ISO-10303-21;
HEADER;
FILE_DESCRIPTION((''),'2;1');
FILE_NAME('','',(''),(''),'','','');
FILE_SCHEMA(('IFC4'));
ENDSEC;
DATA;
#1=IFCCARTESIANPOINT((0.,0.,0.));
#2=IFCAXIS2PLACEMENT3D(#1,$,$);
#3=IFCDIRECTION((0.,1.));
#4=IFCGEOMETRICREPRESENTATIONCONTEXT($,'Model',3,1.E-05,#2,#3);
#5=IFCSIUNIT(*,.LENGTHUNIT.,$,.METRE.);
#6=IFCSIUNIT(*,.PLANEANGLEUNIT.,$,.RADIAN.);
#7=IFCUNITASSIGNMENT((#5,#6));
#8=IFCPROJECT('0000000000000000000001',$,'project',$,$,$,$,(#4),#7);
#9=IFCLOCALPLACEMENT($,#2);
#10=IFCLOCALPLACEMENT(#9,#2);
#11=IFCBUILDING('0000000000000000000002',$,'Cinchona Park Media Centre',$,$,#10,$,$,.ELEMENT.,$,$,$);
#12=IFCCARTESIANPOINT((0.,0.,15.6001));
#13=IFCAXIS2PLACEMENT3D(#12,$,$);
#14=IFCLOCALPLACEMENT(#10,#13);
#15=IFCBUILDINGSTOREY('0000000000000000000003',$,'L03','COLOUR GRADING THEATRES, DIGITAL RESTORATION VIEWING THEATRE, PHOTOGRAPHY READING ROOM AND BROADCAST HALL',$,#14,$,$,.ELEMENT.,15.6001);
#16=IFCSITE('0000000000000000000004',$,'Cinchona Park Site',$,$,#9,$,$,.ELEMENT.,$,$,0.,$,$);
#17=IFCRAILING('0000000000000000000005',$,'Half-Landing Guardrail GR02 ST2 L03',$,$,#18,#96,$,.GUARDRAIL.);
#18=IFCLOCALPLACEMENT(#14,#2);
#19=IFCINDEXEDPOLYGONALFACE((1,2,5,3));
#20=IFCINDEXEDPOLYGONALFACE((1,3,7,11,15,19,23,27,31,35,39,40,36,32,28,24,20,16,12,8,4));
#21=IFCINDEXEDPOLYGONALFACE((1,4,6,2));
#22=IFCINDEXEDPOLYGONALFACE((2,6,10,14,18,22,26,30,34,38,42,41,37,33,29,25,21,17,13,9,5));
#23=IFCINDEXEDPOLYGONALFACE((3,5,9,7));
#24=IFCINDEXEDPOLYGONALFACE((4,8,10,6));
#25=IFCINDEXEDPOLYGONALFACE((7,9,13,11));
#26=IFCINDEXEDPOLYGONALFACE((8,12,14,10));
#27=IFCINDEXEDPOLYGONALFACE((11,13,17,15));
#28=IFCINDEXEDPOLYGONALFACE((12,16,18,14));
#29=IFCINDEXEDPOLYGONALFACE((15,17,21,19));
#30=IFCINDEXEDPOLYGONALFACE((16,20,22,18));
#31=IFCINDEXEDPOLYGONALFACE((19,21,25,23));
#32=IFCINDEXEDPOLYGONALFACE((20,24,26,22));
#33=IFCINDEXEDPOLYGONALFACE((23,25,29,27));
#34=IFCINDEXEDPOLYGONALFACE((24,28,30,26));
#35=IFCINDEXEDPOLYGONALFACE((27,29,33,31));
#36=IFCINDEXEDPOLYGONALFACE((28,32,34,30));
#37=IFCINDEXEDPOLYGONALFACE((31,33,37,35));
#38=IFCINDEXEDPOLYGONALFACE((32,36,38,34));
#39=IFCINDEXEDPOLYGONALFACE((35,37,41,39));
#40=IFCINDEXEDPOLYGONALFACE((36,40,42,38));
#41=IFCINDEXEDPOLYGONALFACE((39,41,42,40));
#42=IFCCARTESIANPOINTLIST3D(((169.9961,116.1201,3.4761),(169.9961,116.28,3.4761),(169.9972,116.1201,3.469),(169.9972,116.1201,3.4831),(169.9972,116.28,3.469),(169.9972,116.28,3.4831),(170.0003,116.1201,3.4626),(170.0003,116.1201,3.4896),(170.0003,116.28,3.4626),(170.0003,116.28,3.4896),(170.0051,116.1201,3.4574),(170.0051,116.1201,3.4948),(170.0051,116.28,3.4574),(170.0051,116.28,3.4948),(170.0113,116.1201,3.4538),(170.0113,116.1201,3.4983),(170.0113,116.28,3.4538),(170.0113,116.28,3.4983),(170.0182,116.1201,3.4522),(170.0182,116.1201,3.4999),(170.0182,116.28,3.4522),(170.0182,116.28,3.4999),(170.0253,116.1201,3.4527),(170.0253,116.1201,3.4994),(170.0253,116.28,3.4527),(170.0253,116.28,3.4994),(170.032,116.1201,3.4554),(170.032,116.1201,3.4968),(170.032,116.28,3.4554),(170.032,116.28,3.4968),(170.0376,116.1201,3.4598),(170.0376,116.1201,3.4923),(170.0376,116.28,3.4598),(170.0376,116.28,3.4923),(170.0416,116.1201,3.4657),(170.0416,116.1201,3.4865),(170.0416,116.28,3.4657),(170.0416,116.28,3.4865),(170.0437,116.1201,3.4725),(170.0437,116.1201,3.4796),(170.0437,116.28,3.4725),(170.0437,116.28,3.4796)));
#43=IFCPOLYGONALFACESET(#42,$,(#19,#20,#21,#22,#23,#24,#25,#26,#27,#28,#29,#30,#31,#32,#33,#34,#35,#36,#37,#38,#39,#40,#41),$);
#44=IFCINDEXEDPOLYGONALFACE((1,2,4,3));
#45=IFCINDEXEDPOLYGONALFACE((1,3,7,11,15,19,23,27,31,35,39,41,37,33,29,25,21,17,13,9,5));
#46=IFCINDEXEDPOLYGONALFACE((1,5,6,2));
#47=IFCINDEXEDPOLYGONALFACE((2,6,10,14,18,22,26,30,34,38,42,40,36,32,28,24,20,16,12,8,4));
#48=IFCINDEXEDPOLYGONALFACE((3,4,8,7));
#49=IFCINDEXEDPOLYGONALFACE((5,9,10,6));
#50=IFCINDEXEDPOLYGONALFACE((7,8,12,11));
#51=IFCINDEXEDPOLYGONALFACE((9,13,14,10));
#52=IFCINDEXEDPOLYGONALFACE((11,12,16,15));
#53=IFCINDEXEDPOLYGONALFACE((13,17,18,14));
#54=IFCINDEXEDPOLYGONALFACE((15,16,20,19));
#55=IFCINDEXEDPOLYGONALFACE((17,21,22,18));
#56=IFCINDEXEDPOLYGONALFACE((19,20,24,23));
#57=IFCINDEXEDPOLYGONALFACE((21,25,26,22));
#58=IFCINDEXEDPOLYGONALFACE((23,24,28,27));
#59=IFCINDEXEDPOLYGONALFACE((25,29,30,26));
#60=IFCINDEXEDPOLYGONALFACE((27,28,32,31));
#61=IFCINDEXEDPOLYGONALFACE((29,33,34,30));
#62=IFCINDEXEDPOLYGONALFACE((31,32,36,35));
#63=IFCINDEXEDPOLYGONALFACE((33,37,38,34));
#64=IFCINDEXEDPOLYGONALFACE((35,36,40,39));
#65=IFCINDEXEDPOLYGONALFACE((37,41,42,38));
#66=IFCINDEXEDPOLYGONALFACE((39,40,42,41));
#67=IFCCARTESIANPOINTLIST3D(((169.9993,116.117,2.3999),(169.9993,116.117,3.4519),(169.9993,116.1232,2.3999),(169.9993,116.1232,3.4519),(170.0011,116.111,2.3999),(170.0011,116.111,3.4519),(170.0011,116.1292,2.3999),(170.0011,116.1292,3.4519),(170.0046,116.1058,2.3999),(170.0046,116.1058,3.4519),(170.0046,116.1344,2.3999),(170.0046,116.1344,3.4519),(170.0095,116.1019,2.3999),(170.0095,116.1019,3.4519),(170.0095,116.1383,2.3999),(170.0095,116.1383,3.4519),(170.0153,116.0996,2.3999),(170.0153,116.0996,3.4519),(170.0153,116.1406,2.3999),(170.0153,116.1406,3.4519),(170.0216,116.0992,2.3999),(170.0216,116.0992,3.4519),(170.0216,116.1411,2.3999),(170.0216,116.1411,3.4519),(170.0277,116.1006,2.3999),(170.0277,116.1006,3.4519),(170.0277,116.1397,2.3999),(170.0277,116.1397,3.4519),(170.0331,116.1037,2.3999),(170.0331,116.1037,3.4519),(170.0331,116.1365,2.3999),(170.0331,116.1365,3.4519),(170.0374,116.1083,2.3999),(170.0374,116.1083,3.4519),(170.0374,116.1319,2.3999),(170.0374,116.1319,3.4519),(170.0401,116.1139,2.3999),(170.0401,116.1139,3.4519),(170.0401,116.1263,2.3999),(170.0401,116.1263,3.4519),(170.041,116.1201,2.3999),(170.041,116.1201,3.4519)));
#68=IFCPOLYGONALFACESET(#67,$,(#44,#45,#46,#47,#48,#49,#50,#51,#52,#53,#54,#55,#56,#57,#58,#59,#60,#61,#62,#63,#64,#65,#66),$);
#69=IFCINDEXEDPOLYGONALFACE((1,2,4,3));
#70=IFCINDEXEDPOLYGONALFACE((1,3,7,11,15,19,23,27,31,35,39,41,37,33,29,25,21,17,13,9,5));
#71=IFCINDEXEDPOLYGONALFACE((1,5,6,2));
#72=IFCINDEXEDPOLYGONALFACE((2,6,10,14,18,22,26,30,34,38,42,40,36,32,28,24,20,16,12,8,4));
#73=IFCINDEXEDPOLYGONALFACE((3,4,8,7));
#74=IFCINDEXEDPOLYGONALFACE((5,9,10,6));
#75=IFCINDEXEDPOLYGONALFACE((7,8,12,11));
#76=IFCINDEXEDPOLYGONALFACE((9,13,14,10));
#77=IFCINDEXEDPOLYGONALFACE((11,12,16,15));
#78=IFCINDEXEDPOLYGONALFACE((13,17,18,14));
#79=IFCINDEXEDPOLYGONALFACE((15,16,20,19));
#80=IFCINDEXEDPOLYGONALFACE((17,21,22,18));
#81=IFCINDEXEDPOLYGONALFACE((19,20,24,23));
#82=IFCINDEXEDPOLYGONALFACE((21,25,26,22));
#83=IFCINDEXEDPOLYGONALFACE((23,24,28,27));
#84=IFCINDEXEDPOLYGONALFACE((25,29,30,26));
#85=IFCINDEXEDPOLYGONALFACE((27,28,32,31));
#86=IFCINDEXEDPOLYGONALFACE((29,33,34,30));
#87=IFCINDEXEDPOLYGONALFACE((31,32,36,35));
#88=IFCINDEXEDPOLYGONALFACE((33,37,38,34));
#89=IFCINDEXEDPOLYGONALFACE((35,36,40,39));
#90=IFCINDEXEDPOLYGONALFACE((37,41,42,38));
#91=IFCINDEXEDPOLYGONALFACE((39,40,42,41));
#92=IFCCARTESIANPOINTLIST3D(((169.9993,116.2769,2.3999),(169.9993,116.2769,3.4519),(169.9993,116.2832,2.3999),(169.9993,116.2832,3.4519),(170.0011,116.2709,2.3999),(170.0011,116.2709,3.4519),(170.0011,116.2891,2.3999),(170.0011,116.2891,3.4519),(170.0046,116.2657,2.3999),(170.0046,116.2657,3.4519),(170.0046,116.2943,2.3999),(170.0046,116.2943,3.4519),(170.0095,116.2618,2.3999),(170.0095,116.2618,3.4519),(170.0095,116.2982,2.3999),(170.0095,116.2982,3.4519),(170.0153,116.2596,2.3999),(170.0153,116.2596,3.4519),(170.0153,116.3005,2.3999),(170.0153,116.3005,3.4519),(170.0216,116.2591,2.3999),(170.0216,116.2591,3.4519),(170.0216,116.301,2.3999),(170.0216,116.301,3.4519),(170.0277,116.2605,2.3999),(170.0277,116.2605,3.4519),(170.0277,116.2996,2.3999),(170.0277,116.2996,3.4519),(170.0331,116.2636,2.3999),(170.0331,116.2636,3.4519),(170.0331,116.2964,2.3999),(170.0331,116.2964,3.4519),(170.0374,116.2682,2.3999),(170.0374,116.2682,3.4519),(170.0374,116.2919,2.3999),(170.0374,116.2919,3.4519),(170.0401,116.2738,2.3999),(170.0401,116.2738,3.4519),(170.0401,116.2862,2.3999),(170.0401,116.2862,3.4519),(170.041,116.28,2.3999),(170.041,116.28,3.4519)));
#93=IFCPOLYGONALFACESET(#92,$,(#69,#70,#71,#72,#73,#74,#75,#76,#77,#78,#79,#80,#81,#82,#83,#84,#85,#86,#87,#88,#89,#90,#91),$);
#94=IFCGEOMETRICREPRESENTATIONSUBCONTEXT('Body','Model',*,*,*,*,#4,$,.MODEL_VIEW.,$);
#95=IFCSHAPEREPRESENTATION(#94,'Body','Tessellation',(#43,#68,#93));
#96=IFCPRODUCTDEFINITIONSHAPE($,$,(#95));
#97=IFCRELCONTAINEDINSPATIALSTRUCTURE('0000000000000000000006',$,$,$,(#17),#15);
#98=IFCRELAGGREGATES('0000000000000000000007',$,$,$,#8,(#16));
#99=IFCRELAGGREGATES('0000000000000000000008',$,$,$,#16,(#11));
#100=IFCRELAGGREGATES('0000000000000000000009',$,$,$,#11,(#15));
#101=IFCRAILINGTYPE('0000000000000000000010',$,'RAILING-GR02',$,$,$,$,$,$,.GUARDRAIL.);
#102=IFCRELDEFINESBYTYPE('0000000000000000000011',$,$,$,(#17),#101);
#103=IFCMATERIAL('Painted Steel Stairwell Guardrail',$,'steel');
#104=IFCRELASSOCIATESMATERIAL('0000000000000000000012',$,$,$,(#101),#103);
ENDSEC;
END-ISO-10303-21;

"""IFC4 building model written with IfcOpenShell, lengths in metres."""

from ifc_helpers import new_model, si_unit, direction, frame, origin, origin_2d, place, context, subcontext, project, spatial, circle, extrude, material, type_object, element, save


model = new_model("IFC4")

# Units and contexts
model_context = context("Model", 3, precision=1e-05, world=origin(), true_north=direction((0.0, 1.0)))
body_context = subcontext(model_context, "Body", "Model", "MODEL_VIEW")
ifc_project = project(units=[si_unit("LENGTHUNIT", "METRE"), si_unit("PLANEANGLEUNIT", "RADIAN")], contexts=[model_context])

# Site, building, storey
site_placement = place(None, origin())
site = spatial("IfcSite", under=ifc_project, at=site_placement, Name="Cinchona Park Site", CompositionType="ELEMENT", RefElevation=0.0)
building_placement = place(site_placement, origin())
building = spatial("IfcBuilding", under=site, at=building_placement, Name="Cinchona Park Media Centre", CompositionType="ELEMENT")
storey_placement = place(building_placement, frame((0.0, 0.0, 15.6001)))
storey = spatial("IfcBuildingStorey", under=building, at=storey_placement, Name="L03", Description="COLOUR GRADING THEATRES, DIGITAL RESTORATION VIEWING THEATRE, PHOTOGRAPHY READING ROOM AND BROADCAST HALL", CompositionType="ELEMENT", Elevation=15.6001)

# Railing
ifc_material_1 = material(Name="Painted Steel Stairwell Guardrail", Category="steel")
railing_type_1 = type_object("IfcRailingType", Name="RAILING-GR02", PredefinedType="GUARDRAIL", material=ifc_material_1)
for number, where, name in (
    (1, (170.02, 116.1201, 2.3999), "Half-Landing Guardrail GR02 ST2 L03"),
):
    element("IfcRailing", number, at=place(storey_placement, frame(where)), inside=storey, type_object=railing_type_1, Name=name, PredefinedType="GUARDRAIL", context=body_context, shape_type="SweptSolid", body=[
        extrude(circle(Radius=0.0239, at=origin_2d()), frame((0.0, 0.0, 1.0762), z_axis=(0.0, 1.0, 0.0), x_axis=(-1.0, 0.0, 0.0)), (0.0, 0.0, 1.0), 0.1599),
        extrude(circle(Radius=0.021, at=origin_2d()), origin(), (0.0, 0.0, 1.0), 1.052),
        extrude(circle(Radius=0.021, at=origin_2d()), frame((0.0, 0.1599, 0.0)), (0.0, 0.0, 1.0), 1.052),
    ])

save(model, "model.ifc")
